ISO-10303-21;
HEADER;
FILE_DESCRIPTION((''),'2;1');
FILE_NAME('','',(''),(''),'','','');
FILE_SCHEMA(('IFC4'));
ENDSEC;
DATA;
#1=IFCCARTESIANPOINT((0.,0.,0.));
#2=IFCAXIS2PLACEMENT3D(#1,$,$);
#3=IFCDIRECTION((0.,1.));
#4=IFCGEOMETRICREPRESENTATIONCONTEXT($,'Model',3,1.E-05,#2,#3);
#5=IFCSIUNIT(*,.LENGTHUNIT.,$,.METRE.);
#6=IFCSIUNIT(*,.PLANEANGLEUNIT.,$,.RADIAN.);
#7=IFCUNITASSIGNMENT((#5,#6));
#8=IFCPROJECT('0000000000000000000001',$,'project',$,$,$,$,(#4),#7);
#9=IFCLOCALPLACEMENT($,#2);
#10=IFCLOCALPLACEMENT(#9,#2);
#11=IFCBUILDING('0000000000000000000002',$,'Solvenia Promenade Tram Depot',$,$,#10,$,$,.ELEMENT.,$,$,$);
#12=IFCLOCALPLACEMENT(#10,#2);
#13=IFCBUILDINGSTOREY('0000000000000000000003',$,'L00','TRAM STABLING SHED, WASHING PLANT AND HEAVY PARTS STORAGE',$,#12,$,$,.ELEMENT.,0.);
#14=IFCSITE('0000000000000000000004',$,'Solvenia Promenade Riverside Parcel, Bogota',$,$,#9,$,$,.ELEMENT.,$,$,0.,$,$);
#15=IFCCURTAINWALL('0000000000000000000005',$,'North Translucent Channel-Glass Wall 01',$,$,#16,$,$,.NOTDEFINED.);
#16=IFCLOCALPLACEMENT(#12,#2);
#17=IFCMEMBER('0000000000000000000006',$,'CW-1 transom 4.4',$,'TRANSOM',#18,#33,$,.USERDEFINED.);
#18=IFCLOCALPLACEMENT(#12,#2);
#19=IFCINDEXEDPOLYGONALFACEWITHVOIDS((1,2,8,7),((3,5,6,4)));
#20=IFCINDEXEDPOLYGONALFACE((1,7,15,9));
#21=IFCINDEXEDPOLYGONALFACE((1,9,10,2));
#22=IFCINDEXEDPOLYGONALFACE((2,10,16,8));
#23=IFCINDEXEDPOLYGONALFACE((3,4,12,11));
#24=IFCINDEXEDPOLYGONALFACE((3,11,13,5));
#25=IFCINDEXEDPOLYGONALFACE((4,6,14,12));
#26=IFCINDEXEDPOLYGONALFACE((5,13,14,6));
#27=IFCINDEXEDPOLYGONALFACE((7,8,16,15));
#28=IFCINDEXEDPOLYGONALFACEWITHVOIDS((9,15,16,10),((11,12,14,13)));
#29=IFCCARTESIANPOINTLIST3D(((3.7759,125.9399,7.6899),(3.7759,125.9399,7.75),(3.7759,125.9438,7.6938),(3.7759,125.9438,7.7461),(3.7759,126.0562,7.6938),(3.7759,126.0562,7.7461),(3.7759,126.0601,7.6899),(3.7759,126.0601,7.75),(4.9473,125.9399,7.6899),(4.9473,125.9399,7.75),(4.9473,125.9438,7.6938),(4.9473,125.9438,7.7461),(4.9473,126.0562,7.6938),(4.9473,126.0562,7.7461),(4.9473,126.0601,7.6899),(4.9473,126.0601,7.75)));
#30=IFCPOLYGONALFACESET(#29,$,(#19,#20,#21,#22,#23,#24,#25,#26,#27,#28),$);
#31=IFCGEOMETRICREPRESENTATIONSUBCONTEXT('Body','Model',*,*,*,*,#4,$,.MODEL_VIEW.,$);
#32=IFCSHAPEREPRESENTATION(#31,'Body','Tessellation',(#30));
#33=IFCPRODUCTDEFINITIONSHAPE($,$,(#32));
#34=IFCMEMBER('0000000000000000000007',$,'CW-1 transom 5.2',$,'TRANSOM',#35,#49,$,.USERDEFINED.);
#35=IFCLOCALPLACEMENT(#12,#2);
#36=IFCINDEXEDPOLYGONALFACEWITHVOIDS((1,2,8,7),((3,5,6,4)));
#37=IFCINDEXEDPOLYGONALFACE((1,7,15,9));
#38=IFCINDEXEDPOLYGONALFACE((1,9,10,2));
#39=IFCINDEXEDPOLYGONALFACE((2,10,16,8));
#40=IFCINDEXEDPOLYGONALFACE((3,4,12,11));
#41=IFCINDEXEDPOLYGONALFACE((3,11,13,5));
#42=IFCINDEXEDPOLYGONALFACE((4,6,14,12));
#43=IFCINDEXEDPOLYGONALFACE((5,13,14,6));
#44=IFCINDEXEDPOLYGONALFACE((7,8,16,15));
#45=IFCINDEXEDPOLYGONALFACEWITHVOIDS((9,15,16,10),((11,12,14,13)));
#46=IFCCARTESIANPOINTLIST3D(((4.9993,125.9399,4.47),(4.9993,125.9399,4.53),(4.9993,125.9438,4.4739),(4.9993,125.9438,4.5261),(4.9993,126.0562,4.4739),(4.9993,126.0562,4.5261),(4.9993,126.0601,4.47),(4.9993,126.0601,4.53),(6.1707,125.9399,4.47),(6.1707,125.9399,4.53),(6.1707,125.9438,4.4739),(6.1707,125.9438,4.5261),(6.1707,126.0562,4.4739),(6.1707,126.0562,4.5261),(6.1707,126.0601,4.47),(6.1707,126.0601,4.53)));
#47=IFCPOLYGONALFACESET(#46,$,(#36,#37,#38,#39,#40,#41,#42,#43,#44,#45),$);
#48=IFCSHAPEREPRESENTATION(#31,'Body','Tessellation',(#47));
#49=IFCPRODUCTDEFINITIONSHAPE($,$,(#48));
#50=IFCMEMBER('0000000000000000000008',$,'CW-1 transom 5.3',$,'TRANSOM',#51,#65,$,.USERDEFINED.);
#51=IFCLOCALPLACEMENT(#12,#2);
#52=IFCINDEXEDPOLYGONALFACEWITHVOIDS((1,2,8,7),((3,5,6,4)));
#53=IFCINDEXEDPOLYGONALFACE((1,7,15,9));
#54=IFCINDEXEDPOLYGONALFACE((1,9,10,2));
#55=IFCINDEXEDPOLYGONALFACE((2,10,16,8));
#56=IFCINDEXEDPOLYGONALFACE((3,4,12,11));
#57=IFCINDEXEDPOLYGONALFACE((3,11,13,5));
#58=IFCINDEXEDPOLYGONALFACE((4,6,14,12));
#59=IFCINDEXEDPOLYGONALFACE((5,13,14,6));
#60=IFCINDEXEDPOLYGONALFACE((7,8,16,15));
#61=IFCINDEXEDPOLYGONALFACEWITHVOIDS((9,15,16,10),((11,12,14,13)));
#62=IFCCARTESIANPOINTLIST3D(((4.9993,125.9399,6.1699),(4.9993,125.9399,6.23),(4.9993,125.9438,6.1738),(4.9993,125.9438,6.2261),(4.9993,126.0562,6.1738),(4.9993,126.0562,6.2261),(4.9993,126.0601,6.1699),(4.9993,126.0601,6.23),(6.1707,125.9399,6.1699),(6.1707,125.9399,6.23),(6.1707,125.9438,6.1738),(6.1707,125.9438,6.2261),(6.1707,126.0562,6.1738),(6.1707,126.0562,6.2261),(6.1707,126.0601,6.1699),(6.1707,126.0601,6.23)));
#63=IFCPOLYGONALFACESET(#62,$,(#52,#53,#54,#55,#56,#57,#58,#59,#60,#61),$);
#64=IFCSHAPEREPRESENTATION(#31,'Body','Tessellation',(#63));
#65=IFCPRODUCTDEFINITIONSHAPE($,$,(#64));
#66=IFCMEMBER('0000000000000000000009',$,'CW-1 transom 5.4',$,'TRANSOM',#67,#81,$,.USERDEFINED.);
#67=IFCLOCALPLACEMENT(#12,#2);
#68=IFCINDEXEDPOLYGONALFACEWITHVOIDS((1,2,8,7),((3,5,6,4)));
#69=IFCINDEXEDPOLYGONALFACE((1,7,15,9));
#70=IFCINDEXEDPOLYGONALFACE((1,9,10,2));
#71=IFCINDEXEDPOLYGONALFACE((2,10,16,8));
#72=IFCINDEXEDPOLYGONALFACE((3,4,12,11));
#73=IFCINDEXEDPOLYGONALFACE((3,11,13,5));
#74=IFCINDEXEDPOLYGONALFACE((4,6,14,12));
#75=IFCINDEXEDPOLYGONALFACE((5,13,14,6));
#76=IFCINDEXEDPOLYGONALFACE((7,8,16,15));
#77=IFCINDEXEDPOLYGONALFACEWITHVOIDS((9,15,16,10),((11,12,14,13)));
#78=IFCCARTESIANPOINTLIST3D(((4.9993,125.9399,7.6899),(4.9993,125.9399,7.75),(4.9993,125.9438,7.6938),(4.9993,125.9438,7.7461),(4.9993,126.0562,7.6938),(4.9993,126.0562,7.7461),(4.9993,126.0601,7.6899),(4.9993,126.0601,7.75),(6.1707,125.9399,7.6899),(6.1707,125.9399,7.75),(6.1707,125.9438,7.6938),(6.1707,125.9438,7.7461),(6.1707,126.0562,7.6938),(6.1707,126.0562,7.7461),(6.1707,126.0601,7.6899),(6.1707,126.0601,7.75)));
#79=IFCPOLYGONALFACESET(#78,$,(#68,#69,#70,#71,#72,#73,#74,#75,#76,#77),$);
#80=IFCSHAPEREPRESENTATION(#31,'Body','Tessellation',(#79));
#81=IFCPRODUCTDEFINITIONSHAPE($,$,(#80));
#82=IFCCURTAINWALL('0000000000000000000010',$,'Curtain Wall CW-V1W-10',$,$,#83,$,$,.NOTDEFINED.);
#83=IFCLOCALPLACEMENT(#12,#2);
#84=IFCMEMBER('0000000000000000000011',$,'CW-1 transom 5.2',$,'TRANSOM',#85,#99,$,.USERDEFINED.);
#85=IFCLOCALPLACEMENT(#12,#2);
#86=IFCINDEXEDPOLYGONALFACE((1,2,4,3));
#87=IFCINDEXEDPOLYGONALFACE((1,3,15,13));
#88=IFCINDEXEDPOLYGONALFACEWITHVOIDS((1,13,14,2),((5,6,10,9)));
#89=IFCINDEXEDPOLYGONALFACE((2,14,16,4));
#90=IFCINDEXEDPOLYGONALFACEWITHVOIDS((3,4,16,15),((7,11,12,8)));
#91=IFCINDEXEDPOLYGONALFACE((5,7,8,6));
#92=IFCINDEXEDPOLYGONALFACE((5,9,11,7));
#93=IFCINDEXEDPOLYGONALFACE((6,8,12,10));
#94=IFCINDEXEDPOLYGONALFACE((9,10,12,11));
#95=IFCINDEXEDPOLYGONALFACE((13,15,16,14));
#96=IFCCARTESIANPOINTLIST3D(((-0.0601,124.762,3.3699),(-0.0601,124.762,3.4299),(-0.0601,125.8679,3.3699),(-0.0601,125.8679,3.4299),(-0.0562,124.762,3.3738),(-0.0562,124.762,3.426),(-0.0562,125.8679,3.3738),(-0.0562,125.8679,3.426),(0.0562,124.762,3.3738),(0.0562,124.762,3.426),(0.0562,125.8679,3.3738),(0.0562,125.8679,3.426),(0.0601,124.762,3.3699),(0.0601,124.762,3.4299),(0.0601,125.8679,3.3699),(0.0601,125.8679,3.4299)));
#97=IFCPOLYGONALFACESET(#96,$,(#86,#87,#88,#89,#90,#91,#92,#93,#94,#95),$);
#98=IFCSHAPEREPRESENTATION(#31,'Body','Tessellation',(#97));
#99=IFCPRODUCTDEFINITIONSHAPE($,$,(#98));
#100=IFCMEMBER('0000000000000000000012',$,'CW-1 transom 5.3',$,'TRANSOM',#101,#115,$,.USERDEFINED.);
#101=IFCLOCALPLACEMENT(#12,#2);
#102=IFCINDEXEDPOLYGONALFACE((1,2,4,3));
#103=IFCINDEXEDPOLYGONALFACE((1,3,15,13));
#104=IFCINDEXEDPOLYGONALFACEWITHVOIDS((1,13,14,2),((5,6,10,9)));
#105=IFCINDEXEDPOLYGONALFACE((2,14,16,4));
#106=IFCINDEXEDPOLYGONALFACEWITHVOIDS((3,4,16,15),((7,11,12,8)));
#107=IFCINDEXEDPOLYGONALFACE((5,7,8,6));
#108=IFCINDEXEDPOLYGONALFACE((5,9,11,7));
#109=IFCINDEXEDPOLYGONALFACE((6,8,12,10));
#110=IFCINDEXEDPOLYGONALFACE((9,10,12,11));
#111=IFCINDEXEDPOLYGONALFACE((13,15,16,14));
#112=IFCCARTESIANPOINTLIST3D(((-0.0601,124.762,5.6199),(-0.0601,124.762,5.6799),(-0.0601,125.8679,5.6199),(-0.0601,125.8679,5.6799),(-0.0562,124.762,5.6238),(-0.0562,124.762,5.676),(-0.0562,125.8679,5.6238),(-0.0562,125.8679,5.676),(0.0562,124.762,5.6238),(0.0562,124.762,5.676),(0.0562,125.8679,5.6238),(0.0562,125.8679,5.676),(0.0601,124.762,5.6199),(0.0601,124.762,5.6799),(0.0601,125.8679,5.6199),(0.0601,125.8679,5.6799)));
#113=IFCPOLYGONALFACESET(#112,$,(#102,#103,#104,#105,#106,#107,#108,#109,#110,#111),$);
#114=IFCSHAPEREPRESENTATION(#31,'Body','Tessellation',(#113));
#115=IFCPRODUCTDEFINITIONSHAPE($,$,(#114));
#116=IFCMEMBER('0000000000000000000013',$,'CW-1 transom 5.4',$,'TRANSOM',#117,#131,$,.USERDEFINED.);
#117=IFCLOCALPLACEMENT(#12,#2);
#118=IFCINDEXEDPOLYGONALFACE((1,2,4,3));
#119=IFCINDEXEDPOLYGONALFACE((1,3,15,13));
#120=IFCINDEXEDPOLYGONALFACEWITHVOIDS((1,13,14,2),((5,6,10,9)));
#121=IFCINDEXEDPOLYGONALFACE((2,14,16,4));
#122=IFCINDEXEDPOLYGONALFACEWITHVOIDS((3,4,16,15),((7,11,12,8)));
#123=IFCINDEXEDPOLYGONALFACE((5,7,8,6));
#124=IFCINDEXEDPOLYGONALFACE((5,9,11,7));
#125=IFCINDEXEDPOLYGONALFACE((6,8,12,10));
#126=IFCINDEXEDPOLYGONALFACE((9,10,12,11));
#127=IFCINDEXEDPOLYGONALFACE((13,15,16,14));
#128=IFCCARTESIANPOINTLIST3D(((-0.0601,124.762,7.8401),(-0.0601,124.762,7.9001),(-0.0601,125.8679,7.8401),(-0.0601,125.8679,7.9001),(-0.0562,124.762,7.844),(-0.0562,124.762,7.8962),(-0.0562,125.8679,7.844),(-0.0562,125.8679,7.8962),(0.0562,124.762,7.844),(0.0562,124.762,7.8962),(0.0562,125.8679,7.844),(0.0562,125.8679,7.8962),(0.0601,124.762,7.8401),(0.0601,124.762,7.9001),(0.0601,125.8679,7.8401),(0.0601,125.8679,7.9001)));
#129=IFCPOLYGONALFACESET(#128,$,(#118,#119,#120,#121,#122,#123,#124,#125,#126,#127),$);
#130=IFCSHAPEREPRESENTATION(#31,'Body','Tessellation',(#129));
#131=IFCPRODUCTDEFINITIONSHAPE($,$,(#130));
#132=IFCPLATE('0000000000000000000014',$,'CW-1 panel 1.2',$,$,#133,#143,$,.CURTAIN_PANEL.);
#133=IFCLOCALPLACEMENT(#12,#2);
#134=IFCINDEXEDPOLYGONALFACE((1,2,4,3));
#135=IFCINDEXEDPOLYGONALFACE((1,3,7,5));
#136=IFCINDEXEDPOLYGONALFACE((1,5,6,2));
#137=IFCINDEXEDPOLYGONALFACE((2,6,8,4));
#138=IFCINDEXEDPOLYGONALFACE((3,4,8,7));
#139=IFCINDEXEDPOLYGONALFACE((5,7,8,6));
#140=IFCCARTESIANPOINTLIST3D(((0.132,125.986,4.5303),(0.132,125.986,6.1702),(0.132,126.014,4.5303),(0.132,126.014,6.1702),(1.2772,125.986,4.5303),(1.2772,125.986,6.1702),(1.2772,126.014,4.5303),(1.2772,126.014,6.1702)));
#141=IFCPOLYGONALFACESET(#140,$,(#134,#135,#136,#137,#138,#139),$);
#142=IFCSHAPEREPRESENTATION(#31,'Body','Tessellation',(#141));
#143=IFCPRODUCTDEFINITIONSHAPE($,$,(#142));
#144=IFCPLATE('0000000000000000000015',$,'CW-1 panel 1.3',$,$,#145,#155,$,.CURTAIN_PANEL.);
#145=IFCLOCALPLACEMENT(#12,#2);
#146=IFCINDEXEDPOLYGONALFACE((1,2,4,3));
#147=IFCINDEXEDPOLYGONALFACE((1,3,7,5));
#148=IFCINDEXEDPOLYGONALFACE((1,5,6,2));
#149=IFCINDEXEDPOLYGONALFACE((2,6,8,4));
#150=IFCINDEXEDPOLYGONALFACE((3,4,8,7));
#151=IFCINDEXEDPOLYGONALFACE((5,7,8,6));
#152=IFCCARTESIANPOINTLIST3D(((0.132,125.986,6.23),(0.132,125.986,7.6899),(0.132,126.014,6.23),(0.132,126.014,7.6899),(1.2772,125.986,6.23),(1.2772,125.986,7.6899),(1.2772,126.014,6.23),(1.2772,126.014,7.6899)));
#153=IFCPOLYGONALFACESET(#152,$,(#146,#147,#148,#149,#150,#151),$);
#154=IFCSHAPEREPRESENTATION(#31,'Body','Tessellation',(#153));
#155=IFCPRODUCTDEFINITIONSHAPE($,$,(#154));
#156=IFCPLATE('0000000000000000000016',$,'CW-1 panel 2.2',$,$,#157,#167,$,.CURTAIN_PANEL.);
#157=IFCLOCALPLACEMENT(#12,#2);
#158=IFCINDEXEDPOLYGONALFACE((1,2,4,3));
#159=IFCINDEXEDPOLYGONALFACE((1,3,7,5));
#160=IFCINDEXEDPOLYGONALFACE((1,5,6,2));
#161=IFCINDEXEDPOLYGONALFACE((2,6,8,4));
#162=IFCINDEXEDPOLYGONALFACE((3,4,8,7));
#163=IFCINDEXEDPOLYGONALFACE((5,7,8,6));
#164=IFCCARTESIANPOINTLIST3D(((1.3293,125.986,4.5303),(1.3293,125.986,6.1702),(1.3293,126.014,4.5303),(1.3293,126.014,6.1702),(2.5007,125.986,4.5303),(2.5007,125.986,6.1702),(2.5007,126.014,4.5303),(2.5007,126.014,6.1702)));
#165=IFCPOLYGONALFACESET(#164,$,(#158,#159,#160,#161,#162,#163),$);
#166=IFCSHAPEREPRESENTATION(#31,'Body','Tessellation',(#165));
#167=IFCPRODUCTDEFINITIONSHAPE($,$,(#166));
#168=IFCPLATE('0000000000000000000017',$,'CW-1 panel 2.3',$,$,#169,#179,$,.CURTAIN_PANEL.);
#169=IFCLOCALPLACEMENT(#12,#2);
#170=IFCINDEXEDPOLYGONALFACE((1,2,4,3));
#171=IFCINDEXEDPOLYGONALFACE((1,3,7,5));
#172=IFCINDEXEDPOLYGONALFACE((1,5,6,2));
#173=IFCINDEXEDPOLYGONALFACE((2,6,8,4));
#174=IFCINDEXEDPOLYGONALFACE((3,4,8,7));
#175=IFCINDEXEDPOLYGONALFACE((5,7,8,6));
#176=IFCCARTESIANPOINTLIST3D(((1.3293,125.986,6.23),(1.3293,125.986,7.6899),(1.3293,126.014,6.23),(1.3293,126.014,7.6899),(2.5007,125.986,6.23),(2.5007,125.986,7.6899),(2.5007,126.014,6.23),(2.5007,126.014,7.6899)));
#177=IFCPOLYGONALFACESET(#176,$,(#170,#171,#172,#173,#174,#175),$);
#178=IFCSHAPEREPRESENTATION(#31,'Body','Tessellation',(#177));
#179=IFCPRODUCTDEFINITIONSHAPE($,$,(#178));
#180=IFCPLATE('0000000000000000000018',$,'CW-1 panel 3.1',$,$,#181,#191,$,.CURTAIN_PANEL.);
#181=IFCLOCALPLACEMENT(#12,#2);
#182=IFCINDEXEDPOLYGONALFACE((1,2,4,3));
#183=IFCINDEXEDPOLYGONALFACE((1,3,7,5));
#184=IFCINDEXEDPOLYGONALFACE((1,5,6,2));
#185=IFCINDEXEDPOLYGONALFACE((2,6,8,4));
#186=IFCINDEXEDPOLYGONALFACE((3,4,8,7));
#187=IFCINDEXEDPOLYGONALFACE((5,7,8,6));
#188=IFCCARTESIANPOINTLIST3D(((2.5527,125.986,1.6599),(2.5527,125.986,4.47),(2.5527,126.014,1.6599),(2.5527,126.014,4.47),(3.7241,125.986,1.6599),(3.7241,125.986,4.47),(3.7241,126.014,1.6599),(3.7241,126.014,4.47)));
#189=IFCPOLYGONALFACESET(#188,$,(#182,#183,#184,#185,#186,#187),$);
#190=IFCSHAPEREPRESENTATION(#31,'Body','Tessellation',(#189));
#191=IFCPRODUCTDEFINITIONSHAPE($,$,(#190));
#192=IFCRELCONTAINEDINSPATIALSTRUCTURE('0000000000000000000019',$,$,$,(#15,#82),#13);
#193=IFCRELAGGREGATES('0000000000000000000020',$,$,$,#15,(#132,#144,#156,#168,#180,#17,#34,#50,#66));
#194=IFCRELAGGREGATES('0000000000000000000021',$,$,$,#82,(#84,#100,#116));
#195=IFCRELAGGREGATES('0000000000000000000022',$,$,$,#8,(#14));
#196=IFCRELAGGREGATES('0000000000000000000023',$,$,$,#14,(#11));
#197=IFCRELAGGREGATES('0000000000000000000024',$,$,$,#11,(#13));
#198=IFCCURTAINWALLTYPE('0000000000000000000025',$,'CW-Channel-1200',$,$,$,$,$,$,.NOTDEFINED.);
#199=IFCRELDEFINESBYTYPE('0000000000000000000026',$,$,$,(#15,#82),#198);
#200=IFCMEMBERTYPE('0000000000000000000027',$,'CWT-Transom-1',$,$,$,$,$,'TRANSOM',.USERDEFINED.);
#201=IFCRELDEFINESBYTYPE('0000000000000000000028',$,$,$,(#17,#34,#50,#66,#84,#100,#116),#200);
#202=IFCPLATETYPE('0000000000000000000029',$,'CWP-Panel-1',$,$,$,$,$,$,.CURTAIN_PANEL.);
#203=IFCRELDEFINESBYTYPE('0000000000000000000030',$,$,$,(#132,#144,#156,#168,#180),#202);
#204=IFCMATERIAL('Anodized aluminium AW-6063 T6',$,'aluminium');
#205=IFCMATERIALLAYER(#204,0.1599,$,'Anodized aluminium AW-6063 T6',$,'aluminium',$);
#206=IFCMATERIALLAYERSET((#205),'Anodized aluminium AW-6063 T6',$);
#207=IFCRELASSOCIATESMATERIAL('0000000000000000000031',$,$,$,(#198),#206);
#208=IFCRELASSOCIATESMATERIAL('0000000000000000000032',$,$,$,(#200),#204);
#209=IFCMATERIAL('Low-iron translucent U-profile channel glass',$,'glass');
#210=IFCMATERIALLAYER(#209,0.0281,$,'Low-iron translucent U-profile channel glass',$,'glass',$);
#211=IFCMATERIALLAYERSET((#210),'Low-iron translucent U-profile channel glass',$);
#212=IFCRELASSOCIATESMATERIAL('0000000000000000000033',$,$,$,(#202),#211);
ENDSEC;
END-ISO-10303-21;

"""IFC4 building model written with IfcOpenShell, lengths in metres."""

from ifc_helpers import new_model, si_unit, direction, frame, origin, origin_2d, place, context, subcontext, project, spatial, rectangle, hollow_rectangle, extrude, material, layer, layer_set, material_profile, profile_set, type_object, element, aggregate, save


model = new_model("IFC4")

# Units and contexts
model_context = context("Model", 3, precision=1e-05, world=origin(), true_north=direction((0.0, 1.0)))
body_context = subcontext(model_context, "Body", "Model", "MODEL_VIEW")
ifc_project = project(units=[si_unit("LENGTHUNIT", "METRE"), si_unit("PLANEANGLEUNIT", "RADIAN")], contexts=[model_context])

# Site, building, storey
site_placement = place(None, origin())
site = spatial("IfcSite", under=ifc_project, at=site_placement, Name="Solvenia Promenade Riverside Parcel, Bogota", CompositionType="ELEMENT", RefElevation=0.0)
building_placement = place(site_placement, origin())
building = spatial("IfcBuilding", under=site, at=building_placement, Name="Solvenia Promenade Tram Depot", CompositionType="ELEMENT")
storey_placement = place(building_placement, origin())
storey = spatial("IfcBuildingStorey", under=building, at=storey_placement, Name="L00", Description="TRAM STABLING SHED, WASHING PLANT AND HEAVY PARTS STORAGE", CompositionType="ELEMENT", Elevation=0.0)

# Curtain walls, members
ifc_material_1 = material(Name="Anodized aluminium AW-6063 T6", Category="aluminium")
ifc_layer_1 = layer(ifc_material_1, 0.1599, Name="Anodized aluminium AW-6063 T6", Category="aluminium")
ifc_layer_set_1 = layer_set([ifc_layer_1], Name="Anodized aluminium AW-6063 T6")
curtain_wall_type = type_object("IfcCurtainWallType", Name="CW-Channel-1200", PredefinedType="NOTDEFINED", material=ifc_layer_set_1)
curtain_wall_1_placement = place(storey_placement, origin())
curtain_wall_1 = element("IfcCurtainWall", 1, at=curtain_wall_1_placement, inside=storey, type_object=curtain_wall_type, Name="North Translucent Channel-Glass Wall 01", PredefinedType="NOTDEFINED")
ifc_material_profile = material_profile(ifc_material_1, hollow_rectangle(XDim=0.1201, YDim=0.0601, WallThickness=0.0039, at=origin_2d()), Name="ALU-T1", Category="aluminium")
ifc_profile_set = profile_set([ifc_material_profile], Name="Anodized aluminium AW-6063 T6")
member_type = type_object("IfcMemberType", Name="CWT-Transom-1", ElementType="TRANSOM", PredefinedType="USERDEFINED", material=ifc_profile_set)
member_1_placement = place(storey_placement, frame((3.7759, 126.0, 7.72), z_axis=(1.0, 0.0, 0.0), x_axis=(0.0, 1.0, 0.0)))
member_1 = element("IfcMember", 2, at=member_1_placement, type_object=member_type, Name="CW-1 transom 4.4", ObjectType="TRANSOM", PredefinedType="USERDEFINED", context=body_context, shape_type="SweptSolid", body=[
    extrude(hollow_rectangle(XDim=0.1201, YDim=0.0601, WallThickness=0.0039, at=origin_2d()), origin(), (0.0, 0.0, 1.0), 1.1714),
])
member_2_placement = place(storey_placement, frame((4.9993, 126.0, 4.5), z_axis=(1.0, 0.0, 0.0), x_axis=(0.0, 1.0, 0.0)))
member_2 = element("IfcMember", 3, at=member_2_placement, type_object=member_type, Name="CW-1 transom 5.2", ObjectType="TRANSOM", PredefinedType="USERDEFINED", context=body_context, shape_type="SweptSolid", body=[
    extrude(hollow_rectangle(XDim=0.1201, YDim=0.0601, WallThickness=0.0039, at=origin_2d()), origin(), (0.0, 0.0, 1.0), 1.1714),
])
member_3_placement = place(storey_placement, frame((4.9993, 126.0, 6.2), z_axis=(1.0, 0.0, 0.0), x_axis=(0.0, 1.0, 0.0)))
member_3 = element("IfcMember", 4, at=member_3_placement, type_object=member_type, Name="CW-1 transom 5.3", ObjectType="TRANSOM", PredefinedType="USERDEFINED", context=body_context, shape_type="SweptSolid", body=[
    extrude(hollow_rectangle(XDim=0.1201, YDim=0.0601, WallThickness=0.0039, at=origin_2d()), origin(), (0.0, 0.0, 1.0), 1.1714),
])
member_4_placement = place(storey_placement, frame((4.9993, 126.0, 7.72), z_axis=(1.0, 0.0, 0.0), x_axis=(0.0, 1.0, 0.0)))
member_4 = element("IfcMember", 5, at=member_4_placement, type_object=member_type, Name="CW-1 transom 5.4", ObjectType="TRANSOM", PredefinedType="USERDEFINED", context=body_context, shape_type="SweptSolid", body=[
    extrude(hollow_rectangle(XDim=0.1201, YDim=0.0601, WallThickness=0.0039, at=origin_2d()), origin(), (0.0, 0.0, 1.0), 1.1714),
])
curtain_wall_2_placement = place(storey_placement, origin())
curtain_wall_2 = element("IfcCurtainWall", 6, at=curtain_wall_2_placement, inside=storey, type_object=curtain_wall_type, Name="Curtain Wall CW-V1W-10", PredefinedType="NOTDEFINED")
member_5_placement = place(storey_placement, frame((0.0, 124.762, 3.3999), z_axis=(0.0, 1.0, 0.0), x_axis=(-1.0, 0.0, 0.0)))
member_5 = element("IfcMember", 7, at=member_5_placement, type_object=member_type, Name="CW-1 transom 5.2", ObjectType="TRANSOM", PredefinedType="USERDEFINED", context=body_context, shape_type="SweptSolid", body=[
    extrude(hollow_rectangle(XDim=0.1201, YDim=0.0601, WallThickness=0.0039, at=origin_2d()), origin(), (0.0, 0.0, 1.0), 1.106),
])
member_6_placement = place(storey_placement, frame((0.0, 124.762, 5.6499), z_axis=(0.0, 1.0, 0.0), x_axis=(-1.0, 0.0, 0.0)))
member_6 = element("IfcMember", 8, at=member_6_placement, type_object=member_type, Name="CW-1 transom 5.3", ObjectType="TRANSOM", PredefinedType="USERDEFINED", context=body_context, shape_type="SweptSolid", body=[
    extrude(hollow_rectangle(XDim=0.1201, YDim=0.0601, WallThickness=0.0039, at=origin_2d()), origin(), (0.0, 0.0, 1.0), 1.106),
])
member_7_placement = place(storey_placement, frame((0.0, 124.762, 7.8701), z_axis=(0.0, 1.0, 0.0), x_axis=(-1.0, 0.0, 0.0)))
member_7 = element("IfcMember", 9, at=member_7_placement, type_object=member_type, Name="CW-1 transom 5.4", ObjectType="TRANSOM", PredefinedType="USERDEFINED", context=body_context, shape_type="SweptSolid", body=[
    extrude(hollow_rectangle(XDim=0.1201, YDim=0.0601, WallThickness=0.0039, at=origin_2d()), origin(), (0.0, 0.0, 1.0), 1.106),
])

# Plates
ifc_material_2 = material(Name="Low-iron translucent U-profile channel glass", Category="glass")
ifc_layer_2 = layer(ifc_material_2, 0.0281, Name="Low-iron translucent U-profile channel glass", Category="glass")
ifc_layer_set_2 = layer_set([ifc_layer_2], Name="Low-iron translucent U-profile channel glass")
plate_type_1 = type_object("IfcPlateType", Name="CWP-Panel-1", PredefinedType="CURTAIN_PANEL", material=ifc_layer_set_2)
plate_1_placement = place(storey_placement, frame((0.7046, 126.0, 4.5303), z_axis=(0.0, 0.0, 1.0), x_axis=(1.0, 0.0, 0.0)))
plate_1 = element("IfcPlate", 10, at=plate_1_placement, type_object=plate_type_1, Name="CW-1 panel 1.2", PredefinedType="CURTAIN_PANEL", context=body_context, shape_type="SweptSolid", body=[
    extrude(rectangle(XDim=1.1453, YDim=0.0281, at=origin_2d()), origin(), (0.0, 0.0, 1.0), 1.6399),
])
plate_2_placement = place(storey_placement, frame((0.7046, 126.0, 6.23), z_axis=(0.0, 0.0, 1.0), x_axis=(1.0, 0.0, 0.0)))
plate_2 = element("IfcPlate", 11, at=plate_2_placement, type_object=plate_type_1, Name="CW-1 panel 1.3", PredefinedType="CURTAIN_PANEL", context=body_context, shape_type="SweptSolid", body=[
    extrude(rectangle(XDim=1.1453, YDim=0.0281, at=origin_2d()), origin(), (0.0, 0.0, 1.0), 1.46),
])
plate_3_placement = place(storey_placement, frame((1.915, 126.0, 4.5303), z_axis=(0.0, 0.0, 1.0), x_axis=(1.0, 0.0, 0.0)))
plate_3 = element("IfcPlate", 12, at=plate_3_placement, type_object=plate_type_1, Name="CW-1 panel 2.2", PredefinedType="CURTAIN_PANEL", context=body_context, shape_type="SweptSolid", body=[
    extrude(rectangle(XDim=1.1714, YDim=0.0281, at=origin_2d()), origin(), (0.0, 0.0, 1.0), 1.6399),
])
plate_4_placement = place(storey_placement, frame((1.915, 126.0, 6.23), z_axis=(0.0, 0.0, 1.0), x_axis=(1.0, 0.0, 0.0)))
plate_4 = element("IfcPlate", 13, at=plate_4_placement, type_object=plate_type_1, Name="CW-1 panel 2.3", PredefinedType="CURTAIN_PANEL", context=body_context, shape_type="SweptSolid", body=[
    extrude(rectangle(XDim=1.1714, YDim=0.0281, at=origin_2d()), origin(), (0.0, 0.0, 1.0), 1.46),
])
plate_5_placement = place(storey_placement, frame((3.1384, 126.0, 1.6599), z_axis=(0.0, 0.0, 1.0), x_axis=(1.0, 0.0, 0.0)))
plate_5 = element("IfcPlate", 14, at=plate_5_placement, type_object=plate_type_1, Name="CW-1 panel 3.1", PredefinedType="CURTAIN_PANEL", context=body_context, shape_type="SweptSolid", body=[
    extrude(rectangle(XDim=1.1714, YDim=0.0281, at=origin_2d()), origin(), (0.0, 0.0, 1.0), 2.8101),
])
aggregate(curtain_wall_1, [plate_1, plate_2, plate_3, plate_4, plate_5, member_1, member_2, member_3, member_4])
aggregate(curtain_wall_2, [member_5, member_6, member_7])

save(model, "model.ifc")
